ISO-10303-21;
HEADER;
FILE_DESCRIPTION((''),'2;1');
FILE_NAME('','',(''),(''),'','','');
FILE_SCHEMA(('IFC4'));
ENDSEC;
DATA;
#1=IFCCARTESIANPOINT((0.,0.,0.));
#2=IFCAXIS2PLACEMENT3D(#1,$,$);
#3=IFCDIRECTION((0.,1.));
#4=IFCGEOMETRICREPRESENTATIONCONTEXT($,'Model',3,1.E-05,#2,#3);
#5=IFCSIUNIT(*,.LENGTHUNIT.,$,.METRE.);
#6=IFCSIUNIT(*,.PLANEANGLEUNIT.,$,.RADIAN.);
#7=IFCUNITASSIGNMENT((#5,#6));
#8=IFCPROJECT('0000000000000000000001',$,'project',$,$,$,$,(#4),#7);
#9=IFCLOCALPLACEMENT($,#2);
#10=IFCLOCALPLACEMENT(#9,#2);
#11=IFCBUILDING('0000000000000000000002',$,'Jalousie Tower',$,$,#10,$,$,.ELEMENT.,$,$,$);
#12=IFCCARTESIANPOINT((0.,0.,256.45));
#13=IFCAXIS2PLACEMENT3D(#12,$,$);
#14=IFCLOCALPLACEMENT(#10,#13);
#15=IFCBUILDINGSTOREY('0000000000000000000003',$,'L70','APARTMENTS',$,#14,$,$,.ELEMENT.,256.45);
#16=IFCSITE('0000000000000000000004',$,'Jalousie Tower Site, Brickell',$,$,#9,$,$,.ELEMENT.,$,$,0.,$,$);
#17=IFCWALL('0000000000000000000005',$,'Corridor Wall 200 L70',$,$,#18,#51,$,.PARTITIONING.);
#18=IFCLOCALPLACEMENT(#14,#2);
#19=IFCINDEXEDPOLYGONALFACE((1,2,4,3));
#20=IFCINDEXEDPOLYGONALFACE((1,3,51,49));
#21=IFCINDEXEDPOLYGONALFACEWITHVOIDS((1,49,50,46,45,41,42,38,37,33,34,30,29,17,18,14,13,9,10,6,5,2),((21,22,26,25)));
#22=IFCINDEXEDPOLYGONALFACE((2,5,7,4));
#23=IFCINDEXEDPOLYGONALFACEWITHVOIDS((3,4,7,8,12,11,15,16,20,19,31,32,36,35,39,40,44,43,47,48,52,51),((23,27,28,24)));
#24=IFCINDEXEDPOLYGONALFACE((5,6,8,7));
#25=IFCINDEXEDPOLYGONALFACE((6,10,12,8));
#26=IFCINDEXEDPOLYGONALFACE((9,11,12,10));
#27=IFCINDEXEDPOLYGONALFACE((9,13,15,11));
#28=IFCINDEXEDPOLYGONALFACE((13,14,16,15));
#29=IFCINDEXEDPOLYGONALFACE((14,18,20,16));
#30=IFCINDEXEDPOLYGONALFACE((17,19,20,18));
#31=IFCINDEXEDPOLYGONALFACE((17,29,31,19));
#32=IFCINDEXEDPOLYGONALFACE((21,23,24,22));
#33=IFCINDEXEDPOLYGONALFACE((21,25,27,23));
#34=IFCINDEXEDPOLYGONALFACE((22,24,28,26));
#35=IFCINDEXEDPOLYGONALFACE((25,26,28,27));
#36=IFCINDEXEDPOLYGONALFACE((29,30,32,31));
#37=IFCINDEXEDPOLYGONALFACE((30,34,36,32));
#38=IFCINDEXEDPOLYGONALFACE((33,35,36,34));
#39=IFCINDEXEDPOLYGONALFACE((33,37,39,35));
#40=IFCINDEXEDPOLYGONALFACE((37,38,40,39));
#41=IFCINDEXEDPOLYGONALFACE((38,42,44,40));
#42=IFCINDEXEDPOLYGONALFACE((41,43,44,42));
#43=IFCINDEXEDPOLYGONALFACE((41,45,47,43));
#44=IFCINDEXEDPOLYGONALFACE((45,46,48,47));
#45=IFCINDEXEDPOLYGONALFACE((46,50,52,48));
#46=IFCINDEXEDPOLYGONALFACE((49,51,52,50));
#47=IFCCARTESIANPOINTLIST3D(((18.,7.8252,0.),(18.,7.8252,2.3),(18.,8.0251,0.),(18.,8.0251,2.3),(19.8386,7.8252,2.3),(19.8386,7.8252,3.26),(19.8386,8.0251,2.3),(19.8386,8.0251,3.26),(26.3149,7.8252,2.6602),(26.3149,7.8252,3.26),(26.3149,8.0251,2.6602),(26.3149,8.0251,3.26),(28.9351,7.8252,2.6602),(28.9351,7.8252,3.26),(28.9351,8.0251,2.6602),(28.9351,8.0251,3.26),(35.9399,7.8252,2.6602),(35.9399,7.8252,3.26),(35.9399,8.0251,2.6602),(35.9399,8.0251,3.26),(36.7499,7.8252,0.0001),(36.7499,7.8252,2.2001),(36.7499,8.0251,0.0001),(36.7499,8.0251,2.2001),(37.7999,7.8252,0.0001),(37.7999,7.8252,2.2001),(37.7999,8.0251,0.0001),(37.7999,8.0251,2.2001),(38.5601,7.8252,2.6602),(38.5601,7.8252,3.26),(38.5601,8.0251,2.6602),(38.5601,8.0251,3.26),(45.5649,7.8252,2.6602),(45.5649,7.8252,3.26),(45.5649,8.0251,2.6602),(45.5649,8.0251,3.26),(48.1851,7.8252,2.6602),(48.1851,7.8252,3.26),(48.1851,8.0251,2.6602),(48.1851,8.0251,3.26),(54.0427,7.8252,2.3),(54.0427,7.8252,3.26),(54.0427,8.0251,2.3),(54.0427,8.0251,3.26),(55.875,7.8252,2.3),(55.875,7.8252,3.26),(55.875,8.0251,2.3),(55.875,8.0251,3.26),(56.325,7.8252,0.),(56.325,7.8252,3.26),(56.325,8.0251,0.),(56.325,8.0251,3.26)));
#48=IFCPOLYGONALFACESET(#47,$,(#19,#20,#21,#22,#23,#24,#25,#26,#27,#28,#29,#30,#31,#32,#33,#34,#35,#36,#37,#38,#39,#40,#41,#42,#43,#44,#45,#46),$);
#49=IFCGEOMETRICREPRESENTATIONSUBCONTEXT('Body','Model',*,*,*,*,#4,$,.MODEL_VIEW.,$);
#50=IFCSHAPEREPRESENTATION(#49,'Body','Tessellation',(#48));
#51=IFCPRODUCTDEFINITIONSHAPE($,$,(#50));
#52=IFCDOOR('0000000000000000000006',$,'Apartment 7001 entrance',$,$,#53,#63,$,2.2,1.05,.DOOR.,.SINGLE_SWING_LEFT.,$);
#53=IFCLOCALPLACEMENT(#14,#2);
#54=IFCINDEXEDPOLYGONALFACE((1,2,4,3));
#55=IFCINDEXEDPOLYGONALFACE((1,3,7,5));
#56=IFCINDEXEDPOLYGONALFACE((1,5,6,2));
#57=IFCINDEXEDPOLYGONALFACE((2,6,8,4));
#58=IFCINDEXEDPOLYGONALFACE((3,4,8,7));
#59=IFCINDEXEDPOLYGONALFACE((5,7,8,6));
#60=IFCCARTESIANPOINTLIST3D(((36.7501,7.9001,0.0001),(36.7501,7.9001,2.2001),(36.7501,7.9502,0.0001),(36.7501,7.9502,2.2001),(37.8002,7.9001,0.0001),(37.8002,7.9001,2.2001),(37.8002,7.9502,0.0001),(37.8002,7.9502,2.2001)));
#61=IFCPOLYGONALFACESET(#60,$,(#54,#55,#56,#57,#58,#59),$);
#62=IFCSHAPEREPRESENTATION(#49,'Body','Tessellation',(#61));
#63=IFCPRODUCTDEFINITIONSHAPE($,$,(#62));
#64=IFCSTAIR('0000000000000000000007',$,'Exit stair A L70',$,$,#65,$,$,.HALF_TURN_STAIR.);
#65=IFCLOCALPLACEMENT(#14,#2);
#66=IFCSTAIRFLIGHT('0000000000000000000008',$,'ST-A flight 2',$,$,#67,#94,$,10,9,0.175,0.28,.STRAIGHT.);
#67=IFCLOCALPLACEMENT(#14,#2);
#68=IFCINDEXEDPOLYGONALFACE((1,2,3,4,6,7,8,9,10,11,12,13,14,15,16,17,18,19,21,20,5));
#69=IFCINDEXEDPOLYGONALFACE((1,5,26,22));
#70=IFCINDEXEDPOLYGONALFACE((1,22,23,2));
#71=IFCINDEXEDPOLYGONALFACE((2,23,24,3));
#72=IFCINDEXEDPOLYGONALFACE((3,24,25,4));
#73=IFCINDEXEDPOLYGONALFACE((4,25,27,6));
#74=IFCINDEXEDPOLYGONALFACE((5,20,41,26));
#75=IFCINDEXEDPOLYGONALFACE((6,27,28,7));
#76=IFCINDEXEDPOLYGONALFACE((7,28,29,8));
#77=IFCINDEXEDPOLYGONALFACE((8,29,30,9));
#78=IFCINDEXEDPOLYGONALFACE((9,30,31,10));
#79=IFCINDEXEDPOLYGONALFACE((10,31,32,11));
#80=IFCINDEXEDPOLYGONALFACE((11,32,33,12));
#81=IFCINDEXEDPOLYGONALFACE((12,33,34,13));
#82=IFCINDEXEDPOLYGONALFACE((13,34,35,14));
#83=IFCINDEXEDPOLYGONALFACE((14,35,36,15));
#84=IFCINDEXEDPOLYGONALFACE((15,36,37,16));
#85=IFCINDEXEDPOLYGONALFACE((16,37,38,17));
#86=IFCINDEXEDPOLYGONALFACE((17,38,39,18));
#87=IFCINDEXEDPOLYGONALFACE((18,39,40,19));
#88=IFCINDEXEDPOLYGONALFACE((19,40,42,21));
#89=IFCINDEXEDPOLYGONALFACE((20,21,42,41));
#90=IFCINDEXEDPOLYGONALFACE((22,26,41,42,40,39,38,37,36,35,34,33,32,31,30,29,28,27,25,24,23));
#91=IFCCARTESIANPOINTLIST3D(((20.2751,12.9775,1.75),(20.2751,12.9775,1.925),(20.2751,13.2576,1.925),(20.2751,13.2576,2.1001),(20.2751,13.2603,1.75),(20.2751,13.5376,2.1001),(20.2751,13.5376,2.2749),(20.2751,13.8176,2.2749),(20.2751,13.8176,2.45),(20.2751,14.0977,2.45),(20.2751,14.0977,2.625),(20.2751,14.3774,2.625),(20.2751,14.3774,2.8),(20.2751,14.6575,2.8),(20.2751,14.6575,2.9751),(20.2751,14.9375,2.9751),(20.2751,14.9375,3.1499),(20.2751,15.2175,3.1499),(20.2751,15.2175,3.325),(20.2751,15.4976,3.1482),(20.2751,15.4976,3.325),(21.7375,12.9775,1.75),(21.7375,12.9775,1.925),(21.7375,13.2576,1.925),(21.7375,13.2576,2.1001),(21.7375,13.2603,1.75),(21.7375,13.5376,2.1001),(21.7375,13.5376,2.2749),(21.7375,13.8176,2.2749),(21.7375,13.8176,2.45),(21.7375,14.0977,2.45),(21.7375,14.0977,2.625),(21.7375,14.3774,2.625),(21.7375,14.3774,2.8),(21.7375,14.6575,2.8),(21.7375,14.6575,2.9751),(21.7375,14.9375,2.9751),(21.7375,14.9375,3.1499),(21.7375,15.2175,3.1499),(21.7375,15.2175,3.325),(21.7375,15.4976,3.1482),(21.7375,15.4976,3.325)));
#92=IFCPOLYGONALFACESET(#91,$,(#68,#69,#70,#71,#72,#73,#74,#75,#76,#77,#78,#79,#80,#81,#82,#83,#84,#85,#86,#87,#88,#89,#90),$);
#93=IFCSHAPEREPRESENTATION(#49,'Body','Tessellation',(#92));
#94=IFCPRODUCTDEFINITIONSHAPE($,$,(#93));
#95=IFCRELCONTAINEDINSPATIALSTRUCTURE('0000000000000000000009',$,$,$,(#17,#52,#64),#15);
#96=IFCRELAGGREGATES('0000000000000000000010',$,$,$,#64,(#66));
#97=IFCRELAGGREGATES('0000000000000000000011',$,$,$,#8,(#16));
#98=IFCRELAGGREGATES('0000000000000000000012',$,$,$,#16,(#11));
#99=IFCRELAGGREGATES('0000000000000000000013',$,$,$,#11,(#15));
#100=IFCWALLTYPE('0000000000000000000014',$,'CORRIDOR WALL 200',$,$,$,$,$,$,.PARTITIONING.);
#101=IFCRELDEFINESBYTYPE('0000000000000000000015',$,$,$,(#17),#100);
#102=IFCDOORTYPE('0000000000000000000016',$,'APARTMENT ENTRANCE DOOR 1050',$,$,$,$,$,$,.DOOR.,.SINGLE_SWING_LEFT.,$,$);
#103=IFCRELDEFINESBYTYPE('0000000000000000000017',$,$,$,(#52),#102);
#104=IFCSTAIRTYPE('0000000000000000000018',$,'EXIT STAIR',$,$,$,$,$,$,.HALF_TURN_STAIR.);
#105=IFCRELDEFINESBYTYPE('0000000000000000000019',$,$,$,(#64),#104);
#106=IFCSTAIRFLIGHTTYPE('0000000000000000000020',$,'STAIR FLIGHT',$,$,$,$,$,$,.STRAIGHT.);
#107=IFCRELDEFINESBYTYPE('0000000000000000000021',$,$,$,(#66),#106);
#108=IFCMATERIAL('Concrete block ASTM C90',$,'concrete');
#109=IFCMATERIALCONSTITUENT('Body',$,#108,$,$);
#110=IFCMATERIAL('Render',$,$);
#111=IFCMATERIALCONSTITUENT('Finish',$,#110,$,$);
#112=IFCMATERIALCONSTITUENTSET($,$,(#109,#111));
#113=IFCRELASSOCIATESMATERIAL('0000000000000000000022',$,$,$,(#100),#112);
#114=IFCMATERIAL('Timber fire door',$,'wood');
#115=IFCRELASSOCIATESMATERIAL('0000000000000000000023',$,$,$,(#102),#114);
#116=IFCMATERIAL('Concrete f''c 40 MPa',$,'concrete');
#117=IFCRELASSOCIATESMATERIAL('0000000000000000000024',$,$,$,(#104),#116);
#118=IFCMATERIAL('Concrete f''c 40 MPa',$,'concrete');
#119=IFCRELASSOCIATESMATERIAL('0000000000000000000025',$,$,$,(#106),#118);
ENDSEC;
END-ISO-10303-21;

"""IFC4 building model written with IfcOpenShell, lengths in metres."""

from ifc_helpers import new_model, si_unit, direction, frame, frame_2d, origin, place, context, subcontext, project, spatial, polyline, rectangle, outline, extrude, material, constituent, constituent_set, type_object, element, fill, aggregate, save


model = new_model("IFC4")

# Units and contexts
model_context = context("Model", 3, precision=1e-05, world=origin(), true_north=direction((0.0, 1.0)))
body_context = subcontext(model_context, "Body", "Model", "MODEL_VIEW")
ifc_project = project(units=[si_unit("LENGTHUNIT", "METRE"), si_unit("PLANEANGLEUNIT", "RADIAN")], contexts=[model_context])

# Site, building, storey
site_placement = place(None, origin())
site = spatial("IfcSite", under=ifc_project, at=site_placement, Name="Jalousie Tower Site, Brickell", CompositionType="ELEMENT", RefElevation=0.0)
building_placement = place(site_placement, origin())
building = spatial("IfcBuilding", under=site, at=building_placement, Name="Jalousie Tower", CompositionType="ELEMENT")
storey_placement = place(building_placement, frame((0.0, 0.0, 256.45)))
storey = spatial("IfcBuildingStorey", under=building, at=storey_placement, Name="L70", Description="APARTMENTS", CompositionType="ELEMENT", Elevation=256.45)

# Wall, opening, door
ifc_material_1 = material(Name="Concrete block ASTM C90", Category="concrete")
ifc_constituent_1 = constituent(ifc_material_1, Name="Body")
ifc_material_2 = material(Name="Render")
ifc_constituent_2 = constituent(ifc_material_2, Name="Finish")
ifc_constituent_set_1 = constituent_set(constituents=[ifc_constituent_1, ifc_constituent_2])
wall_type_1 = type_object("IfcWallType", Name="CORRIDOR WALL 200", PredefinedType="PARTITIONING", material=ifc_constituent_set_1)
wall_1_placement = place(storey_placement, frame((18.0, 7.925, 0.0), z_axis=(0.0, 0.0, 1.0), x_axis=(1.0, 0.0, 0.0)))
wall_1 = element("IfcWall", 1, at=wall_1_placement, inside=storey, type_object=wall_type_1, Name="Corridor Wall 200 L70", PredefinedType="PARTITIONING", context=body_context, shape_type="SweptSolid", body=[
    extrude(outline(polyline([(0.0, 0.0), (38.325, 0.0), (38.325, 3.26), (37.875, 3.26), (37.875, 2.3), (36.0427, 2.3), (36.0427, 3.26), (30.1851, 3.26), (30.1851, 2.6602), (27.5649, 2.6602), (27.5649, 3.26), (20.5601, 3.26), (20.5601, 2.6602), (17.9399, 2.6602), (17.9399, 3.26), (10.9351, 3.26), (10.9351, 2.6602), (8.3149, 2.6602), (8.3149, 3.26), (1.8386, 3.26), (1.8386, 2.3), (0.0, 2.3), (0.0, 3.26), (0.0, 0.0)])), frame((0.0, 0.1001, 0.0), z_axis=(0.0, -1.0, 0.0), x_axis=(1.0, 0.0, 0.0)), (0.0, 0.0, 1.0), 0.2),
])
opening_1_placement = place(wall_1_placement, frame((18.75, 0.0, 0.0)))
opening_1 = element("IfcOpeningElement", 2, at=opening_1_placement, cuts=wall_1, PredefinedType="OPENING", context=body_context, shape_type="SweptSolid", body=[
    extrude(rectangle(XDim=1.05, YDim=2.2, at=frame_2d((0.5249, 1.1001))), frame((0.0, 0.1099, 0.0), z_axis=(0.0, -1.0, 0.0), x_axis=(1.0, 0.0, 0.0)), (0.0, 0.0, 1.0), 0.22),
])
ifc_material_3 = material(Name="Timber fire door", Category="wood")
door_type_1 = type_object("IfcDoorType", Name="APARTMENT ENTRANCE DOOR 1050", OperationType="SINGLE_SWING_LEFT", PredefinedType="DOOR", material=ifc_material_3)
door_1_placement = place(opening_1_placement, frame((1.05, 0.0, 0.0), z_axis=(0.0, 0.0, 1.0), x_axis=(-1.0, 0.0, 0.0)))
door_1 = element("IfcDoor", 3, at=door_1_placement, inside=storey, type_object=door_type_1, Name="Apartment 7001 entrance", OperationType="SINGLE_SWING_LEFT", OverallHeight=2.2, OverallWidth=1.05, PredefinedType="DOOR", context=body_context, shape_type="SweptSolid", body=[
    extrude(rectangle(XDim=1.05, YDim=2.2, at=frame_2d((0.5249, 1.1001))), frame((0.0, 0.0249, 0.0), z_axis=(0.0, -1.0, 0.0), x_axis=(1.0, 0.0, 0.0)), (0.0, 0.0, 1.0), 0.05),
])
fill(opening_1, door_1)

# Stair, stair flight
ifc_material_4 = material(Name="Concrete f'c 40 MPa", Category="concrete")
stair_type = type_object("IfcStairType", Name="EXIT STAIR", PredefinedType="HALF_TURN_STAIR", material=ifc_material_4)
stair_placement = place(storey_placement, origin())
stair = element("IfcStair", 4, at=stair_placement, inside=storey, type_object=stair_type, Name="Exit stair A L70", PredefinedType="HALF_TURN_STAIR")
ifc_material_5 = material(Name="Concrete f'c 40 MPa", Category="concrete")
stair_flight_type = type_object("IfcStairFlightType", Name="STAIR FLIGHT", PredefinedType="STRAIGHT", material=ifc_material_5)
stair_flight_placement = place(storey_placement, frame((21.0063, 12.9775, 1.75), z_axis=(0.0, 0.0, 1.0), x_axis=(0.0, 1.0, 0.0)))
stair_flight = element("IfcStairFlight", 5, at=stair_flight_placement, type_object=stair_flight_type, Name="ST-A flight 2", NumberOfRisers=10, NumberOfTreads=9, PredefinedType="STRAIGHT", RiserHeight=0.175, TreadLength=0.28, context=body_context, shape_type="SweptSolid", body=[
    extrude(outline(polyline([(0.0, 0.0), (0.0, 0.175), (0.28, 0.175), (0.28, 0.3501), (0.5601, 0.3501), (0.5601, 0.5249), (0.8401, 0.5249), (0.8401, 0.7), (1.1201, 0.7), (1.1201, 0.875), (1.3999, 0.875), (1.3999, 1.05), (1.6799, 1.05), (1.6799, 1.2251), (1.96, 1.2251), (1.96, 1.3999), (2.24, 1.3999), (2.24, 1.575), (2.52, 1.575), (2.52, 1.75), (2.52, 1.3982), (0.2827, 0.0), (0.0, 0.0)])), frame((0.0, 0.7312, 0.0), z_axis=(0.0, -1.0, 0.0), x_axis=(1.0, 0.0, 0.0)), (0.0, 0.0, 1.0), 1.4624),
])
aggregate(stair, [stair_flight])

save(model, "model.ifc")
